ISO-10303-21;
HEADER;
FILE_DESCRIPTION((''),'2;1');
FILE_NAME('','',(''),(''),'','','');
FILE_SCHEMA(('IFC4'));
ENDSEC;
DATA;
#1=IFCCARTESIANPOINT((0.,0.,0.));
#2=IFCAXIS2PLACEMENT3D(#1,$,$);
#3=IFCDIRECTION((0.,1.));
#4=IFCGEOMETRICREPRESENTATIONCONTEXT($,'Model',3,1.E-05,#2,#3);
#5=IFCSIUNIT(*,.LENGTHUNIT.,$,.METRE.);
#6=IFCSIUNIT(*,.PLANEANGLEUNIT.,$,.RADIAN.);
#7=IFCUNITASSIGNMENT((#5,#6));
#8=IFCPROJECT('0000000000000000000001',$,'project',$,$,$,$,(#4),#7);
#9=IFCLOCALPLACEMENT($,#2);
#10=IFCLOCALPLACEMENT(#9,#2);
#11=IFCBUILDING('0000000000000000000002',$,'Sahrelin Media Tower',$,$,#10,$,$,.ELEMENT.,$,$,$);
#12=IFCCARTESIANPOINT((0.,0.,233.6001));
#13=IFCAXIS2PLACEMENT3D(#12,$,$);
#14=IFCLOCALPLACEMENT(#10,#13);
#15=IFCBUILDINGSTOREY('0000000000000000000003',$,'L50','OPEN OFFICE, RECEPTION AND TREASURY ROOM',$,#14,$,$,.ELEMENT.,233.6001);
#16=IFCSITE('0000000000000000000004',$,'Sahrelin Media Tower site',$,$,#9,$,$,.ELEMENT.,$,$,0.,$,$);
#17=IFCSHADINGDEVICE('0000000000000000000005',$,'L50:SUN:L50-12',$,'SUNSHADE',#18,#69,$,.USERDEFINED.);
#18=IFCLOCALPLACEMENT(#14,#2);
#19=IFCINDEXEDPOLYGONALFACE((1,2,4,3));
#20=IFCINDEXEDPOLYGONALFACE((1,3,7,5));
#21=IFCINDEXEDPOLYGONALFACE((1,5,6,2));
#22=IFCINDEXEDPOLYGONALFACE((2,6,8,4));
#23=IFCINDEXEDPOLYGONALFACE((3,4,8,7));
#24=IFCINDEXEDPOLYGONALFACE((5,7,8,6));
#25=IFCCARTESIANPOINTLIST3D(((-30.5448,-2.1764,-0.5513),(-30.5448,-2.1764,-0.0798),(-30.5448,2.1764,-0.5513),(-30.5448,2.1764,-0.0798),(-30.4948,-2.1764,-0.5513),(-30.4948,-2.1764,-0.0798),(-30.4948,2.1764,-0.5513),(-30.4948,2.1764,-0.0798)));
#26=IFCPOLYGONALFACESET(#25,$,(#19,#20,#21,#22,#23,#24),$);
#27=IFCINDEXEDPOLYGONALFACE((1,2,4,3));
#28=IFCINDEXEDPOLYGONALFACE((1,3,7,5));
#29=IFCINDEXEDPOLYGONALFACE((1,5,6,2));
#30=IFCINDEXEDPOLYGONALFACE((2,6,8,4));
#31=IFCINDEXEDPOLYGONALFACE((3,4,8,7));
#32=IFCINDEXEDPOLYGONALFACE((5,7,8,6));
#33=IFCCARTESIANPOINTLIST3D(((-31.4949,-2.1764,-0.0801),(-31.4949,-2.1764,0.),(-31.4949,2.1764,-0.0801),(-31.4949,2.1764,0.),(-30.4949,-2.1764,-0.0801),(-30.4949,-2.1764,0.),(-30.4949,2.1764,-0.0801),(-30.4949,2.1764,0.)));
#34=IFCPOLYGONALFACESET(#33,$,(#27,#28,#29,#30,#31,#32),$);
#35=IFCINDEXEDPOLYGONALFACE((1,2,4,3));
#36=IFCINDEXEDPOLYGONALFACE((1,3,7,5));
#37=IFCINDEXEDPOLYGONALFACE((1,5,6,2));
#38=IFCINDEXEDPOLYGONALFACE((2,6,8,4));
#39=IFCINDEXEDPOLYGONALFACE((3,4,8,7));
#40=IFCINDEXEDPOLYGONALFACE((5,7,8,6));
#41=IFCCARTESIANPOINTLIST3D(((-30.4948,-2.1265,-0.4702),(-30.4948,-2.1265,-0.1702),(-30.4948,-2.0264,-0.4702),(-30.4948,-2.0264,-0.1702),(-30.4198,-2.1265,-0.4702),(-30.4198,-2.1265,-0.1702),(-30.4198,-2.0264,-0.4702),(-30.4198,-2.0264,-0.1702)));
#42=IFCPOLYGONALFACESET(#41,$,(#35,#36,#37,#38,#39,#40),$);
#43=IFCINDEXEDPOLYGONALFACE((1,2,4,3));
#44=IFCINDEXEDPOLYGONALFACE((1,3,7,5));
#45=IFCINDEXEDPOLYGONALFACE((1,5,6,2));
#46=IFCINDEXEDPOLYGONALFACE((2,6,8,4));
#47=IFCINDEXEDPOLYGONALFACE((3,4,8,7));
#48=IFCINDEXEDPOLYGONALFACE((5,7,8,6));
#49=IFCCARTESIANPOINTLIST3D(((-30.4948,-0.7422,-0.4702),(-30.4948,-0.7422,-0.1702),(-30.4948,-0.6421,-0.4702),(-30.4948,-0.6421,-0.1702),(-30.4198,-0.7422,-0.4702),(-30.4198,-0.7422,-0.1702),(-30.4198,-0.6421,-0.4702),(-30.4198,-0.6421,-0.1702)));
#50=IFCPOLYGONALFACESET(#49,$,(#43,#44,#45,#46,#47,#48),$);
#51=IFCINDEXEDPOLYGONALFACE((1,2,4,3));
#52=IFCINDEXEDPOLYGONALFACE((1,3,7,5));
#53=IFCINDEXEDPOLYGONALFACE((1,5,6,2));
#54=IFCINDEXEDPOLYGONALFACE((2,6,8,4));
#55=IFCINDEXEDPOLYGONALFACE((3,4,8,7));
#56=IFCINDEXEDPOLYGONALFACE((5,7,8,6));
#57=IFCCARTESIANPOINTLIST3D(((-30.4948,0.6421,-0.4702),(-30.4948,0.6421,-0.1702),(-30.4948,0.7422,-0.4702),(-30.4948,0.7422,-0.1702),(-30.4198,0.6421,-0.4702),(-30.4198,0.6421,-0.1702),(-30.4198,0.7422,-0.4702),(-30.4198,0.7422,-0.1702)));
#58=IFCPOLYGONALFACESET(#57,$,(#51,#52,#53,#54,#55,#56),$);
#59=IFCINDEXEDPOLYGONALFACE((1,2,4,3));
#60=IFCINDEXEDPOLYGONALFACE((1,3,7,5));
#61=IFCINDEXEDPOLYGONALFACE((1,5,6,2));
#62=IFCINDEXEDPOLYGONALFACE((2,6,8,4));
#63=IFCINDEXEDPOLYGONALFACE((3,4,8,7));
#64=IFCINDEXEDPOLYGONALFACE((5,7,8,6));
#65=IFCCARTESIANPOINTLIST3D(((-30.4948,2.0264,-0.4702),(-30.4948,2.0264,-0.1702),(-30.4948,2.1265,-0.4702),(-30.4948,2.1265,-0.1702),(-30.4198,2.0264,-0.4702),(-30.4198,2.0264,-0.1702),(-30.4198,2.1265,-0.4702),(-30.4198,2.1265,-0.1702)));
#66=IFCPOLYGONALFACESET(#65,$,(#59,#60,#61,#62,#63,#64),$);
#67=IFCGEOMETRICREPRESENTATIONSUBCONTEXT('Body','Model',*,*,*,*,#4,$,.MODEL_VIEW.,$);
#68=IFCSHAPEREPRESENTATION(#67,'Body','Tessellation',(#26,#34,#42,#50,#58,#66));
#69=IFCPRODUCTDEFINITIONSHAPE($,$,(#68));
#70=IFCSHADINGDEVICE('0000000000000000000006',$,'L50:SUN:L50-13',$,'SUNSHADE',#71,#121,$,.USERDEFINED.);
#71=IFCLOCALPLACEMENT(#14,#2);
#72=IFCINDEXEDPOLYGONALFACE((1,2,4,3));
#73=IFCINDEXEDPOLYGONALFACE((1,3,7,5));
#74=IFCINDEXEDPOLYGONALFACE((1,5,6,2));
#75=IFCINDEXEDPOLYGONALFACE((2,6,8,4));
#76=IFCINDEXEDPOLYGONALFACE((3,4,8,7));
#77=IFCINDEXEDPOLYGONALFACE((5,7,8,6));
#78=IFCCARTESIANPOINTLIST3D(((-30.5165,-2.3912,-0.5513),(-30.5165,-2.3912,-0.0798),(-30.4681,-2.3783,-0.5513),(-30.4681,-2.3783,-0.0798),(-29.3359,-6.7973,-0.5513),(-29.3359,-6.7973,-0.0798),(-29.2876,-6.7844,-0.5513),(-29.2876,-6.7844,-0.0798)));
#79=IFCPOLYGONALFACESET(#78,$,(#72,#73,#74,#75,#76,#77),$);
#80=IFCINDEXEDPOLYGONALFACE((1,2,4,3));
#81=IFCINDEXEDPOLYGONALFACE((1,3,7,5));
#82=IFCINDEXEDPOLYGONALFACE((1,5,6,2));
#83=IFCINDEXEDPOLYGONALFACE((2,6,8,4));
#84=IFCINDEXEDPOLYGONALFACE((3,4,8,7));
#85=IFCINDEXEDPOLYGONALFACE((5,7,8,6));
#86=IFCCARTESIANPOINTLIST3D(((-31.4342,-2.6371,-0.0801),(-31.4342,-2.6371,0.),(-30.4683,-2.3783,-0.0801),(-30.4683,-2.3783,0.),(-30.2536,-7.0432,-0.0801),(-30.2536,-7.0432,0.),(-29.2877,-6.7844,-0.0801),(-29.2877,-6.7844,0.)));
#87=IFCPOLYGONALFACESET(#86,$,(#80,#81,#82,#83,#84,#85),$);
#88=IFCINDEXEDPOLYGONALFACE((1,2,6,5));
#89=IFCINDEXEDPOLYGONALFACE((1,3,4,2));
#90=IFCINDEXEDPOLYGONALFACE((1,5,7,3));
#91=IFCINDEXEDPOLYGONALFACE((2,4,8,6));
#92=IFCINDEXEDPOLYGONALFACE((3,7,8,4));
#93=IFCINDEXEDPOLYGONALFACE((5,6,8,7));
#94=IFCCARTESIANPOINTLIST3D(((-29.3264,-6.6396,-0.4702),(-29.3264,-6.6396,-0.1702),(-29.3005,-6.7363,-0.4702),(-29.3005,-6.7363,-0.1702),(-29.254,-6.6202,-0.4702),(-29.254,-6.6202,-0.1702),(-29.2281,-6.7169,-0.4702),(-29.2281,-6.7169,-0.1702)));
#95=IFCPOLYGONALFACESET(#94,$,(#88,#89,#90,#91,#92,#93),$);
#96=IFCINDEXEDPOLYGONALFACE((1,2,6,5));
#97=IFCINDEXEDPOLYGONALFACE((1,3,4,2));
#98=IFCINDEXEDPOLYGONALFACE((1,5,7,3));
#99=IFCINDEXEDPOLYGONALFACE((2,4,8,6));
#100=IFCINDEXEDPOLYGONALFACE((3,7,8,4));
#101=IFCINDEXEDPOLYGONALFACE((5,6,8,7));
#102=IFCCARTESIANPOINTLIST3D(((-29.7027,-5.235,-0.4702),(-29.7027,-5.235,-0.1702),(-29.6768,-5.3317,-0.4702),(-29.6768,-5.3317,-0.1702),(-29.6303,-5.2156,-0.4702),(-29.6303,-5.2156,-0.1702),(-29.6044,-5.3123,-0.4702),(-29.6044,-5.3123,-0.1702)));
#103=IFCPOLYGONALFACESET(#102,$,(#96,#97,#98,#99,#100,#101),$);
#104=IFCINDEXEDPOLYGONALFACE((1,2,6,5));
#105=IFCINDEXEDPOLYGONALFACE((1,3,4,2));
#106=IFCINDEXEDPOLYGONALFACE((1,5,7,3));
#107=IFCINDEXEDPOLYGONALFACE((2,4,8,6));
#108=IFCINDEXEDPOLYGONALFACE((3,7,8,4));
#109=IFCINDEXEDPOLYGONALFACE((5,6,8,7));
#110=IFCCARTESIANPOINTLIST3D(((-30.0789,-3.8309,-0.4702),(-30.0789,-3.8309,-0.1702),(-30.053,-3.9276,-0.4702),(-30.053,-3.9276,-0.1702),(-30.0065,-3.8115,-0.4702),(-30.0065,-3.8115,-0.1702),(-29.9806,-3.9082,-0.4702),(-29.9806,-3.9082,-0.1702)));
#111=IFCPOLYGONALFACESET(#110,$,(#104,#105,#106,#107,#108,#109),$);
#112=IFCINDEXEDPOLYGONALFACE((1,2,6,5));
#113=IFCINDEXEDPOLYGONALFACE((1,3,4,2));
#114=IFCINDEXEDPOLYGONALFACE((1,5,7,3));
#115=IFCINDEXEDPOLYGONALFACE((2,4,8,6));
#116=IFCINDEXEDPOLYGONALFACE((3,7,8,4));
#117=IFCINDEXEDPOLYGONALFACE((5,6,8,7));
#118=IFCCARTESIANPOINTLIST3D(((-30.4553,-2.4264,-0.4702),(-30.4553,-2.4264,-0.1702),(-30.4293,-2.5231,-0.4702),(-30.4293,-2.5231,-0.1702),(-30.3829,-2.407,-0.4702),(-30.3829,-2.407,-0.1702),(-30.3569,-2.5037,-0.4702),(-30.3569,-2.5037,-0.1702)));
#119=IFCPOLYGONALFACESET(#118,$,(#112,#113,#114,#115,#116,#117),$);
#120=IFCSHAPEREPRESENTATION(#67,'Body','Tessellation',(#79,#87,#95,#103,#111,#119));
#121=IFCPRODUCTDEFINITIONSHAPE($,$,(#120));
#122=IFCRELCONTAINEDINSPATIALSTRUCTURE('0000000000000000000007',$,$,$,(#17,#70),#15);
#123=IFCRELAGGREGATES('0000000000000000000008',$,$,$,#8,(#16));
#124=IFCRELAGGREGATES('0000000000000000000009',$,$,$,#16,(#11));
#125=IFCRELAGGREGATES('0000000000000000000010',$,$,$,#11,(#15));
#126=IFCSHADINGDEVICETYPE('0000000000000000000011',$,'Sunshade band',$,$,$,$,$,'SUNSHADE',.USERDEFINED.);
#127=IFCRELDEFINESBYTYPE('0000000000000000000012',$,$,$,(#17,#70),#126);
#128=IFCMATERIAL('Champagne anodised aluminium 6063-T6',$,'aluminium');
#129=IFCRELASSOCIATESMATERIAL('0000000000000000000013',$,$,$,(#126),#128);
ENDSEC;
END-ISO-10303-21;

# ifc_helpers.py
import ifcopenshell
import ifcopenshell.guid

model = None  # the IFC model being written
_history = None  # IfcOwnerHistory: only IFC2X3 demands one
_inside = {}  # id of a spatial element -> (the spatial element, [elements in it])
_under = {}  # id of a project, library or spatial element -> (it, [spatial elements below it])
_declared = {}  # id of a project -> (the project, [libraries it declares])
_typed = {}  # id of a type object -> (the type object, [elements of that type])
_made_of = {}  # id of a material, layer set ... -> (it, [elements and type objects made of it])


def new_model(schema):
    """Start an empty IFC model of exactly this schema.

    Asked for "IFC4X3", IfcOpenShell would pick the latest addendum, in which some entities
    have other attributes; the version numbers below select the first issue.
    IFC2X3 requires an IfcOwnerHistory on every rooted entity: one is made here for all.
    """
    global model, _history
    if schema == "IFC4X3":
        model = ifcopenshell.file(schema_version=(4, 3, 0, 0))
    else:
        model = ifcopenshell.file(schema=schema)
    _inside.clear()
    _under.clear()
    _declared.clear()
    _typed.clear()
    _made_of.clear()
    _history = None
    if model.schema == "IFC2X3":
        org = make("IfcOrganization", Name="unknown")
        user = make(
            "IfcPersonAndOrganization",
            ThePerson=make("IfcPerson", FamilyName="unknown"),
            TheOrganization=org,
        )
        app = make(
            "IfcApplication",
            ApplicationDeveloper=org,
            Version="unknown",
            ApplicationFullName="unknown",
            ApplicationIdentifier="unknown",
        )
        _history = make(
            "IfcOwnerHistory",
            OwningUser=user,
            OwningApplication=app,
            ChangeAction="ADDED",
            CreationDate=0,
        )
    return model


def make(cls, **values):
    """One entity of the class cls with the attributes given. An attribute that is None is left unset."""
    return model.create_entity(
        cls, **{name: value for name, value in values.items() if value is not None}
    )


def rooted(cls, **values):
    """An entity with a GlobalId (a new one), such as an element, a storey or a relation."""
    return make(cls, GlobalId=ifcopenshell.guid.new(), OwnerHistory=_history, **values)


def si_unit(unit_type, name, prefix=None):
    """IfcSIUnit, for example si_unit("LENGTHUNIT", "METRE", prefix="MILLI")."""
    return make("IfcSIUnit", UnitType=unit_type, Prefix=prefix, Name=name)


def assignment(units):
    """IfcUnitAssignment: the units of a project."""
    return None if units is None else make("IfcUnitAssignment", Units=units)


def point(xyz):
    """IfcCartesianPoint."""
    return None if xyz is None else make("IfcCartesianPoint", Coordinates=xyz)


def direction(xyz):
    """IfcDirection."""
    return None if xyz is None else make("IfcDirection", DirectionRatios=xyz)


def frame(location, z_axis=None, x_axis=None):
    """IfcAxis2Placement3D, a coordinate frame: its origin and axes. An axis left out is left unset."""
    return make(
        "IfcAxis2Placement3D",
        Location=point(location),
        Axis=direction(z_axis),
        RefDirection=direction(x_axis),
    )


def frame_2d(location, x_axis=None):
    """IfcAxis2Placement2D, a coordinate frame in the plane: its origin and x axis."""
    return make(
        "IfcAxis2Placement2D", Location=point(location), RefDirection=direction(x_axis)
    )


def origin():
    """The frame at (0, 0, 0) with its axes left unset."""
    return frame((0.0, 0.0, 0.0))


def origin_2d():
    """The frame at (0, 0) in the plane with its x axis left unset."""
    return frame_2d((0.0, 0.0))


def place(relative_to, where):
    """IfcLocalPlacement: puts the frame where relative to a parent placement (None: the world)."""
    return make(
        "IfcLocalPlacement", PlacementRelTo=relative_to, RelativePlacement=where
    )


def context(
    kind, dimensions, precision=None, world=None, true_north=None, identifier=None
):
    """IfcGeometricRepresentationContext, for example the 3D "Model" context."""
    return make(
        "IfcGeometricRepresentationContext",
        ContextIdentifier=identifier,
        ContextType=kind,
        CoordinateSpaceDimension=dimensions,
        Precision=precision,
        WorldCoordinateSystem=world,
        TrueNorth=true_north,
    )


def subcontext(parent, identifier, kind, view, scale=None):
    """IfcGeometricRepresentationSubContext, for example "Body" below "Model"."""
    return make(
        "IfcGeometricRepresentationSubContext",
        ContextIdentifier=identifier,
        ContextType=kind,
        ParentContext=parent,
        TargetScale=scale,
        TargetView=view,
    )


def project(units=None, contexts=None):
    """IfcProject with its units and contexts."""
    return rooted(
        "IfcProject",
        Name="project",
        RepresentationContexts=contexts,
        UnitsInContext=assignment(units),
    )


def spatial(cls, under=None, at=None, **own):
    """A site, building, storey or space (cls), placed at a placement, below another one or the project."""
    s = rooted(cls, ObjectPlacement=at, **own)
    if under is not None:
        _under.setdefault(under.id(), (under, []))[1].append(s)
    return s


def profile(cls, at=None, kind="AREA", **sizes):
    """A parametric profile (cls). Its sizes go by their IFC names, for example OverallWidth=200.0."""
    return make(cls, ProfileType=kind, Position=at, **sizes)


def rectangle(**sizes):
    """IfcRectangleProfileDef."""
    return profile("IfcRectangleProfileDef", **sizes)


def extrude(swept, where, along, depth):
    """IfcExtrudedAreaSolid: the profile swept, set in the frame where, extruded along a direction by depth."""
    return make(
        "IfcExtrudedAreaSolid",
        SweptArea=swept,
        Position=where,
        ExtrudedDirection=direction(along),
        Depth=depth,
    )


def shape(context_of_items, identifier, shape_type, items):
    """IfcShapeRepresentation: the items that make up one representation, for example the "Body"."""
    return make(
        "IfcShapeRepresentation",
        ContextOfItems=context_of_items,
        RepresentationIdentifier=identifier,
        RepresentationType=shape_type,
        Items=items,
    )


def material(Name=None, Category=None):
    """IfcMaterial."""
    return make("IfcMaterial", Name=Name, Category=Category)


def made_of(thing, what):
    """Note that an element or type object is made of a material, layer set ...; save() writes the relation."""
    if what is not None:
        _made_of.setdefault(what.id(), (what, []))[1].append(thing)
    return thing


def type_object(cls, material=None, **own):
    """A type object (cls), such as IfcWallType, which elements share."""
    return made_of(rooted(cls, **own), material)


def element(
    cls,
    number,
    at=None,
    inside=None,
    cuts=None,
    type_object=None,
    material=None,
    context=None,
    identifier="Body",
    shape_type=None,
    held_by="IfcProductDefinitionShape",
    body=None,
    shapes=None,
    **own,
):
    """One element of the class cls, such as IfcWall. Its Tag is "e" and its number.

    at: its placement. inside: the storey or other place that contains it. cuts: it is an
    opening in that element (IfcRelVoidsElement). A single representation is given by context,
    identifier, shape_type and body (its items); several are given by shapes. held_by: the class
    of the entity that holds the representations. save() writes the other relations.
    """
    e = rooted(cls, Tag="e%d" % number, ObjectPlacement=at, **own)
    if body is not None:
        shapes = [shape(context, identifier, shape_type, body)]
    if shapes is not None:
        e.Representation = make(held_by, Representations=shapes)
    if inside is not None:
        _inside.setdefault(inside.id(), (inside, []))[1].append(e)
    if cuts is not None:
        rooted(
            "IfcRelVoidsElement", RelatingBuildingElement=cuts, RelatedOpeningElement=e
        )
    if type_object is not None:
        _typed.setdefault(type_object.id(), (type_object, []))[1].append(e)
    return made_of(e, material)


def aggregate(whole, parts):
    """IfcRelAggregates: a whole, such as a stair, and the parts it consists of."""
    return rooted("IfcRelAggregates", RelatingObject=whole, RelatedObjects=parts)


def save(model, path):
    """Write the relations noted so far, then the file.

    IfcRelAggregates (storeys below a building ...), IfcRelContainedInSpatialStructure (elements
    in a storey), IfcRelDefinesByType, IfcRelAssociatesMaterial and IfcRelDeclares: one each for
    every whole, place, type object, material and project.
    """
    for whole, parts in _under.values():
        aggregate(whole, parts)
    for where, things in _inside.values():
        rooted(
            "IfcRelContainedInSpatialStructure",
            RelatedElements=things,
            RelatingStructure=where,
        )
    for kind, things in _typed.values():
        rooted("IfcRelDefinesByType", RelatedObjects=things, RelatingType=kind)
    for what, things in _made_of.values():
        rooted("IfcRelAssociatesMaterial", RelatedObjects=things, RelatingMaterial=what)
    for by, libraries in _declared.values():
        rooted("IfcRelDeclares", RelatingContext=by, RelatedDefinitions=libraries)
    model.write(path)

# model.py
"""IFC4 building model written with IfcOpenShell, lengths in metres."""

from ifc_helpers import new_model, si_unit, direction, frame, origin, origin_2d, place, context, subcontext, project, spatial, rectangle, extrude, material, type_object, element, save


model = new_model("IFC4")

# Units and contexts
model_context = context("Model", 3, precision=1e-05, world=origin(), true_north=direction((0.0, 1.0)))
body_context = subcontext(model_context, "Body", "Model", "MODEL_VIEW")
ifc_project = project(units=[si_unit("LENGTHUNIT", "METRE"), si_unit("PLANEANGLEUNIT", "RADIAN")], contexts=[model_context])

# Site, building, storey
site_placement = place(None, origin())
site = spatial("IfcSite", under=ifc_project, at=site_placement, Name="Sahrelin Media Tower site", CompositionType="ELEMENT", RefElevation=0.0)
building_placement = place(site_placement, origin())
building = spatial("IfcBuilding", under=site, at=building_placement, Name="Sahrelin Media Tower", CompositionType="ELEMENT")
storey_placement = place(building_placement, frame((0.0, 0.0, 233.6001)))
storey = spatial("IfcBuildingStorey", under=building, at=storey_placement, Name="L50", Description="OPEN OFFICE, RECEPTION AND TREASURY ROOM", CompositionType="ELEMENT", Elevation=233.6001)

# Shared definitions
ifc_material_1 = material(Name="Champagne anodised aluminium 6063-T6", Category="aluminium")

# Shading devices
placement_1 = place(storey_placement, frame((-30.4749, 0.0, 0.0), z_axis=(0.0, 0.0, 1.0), x_axis=(0.0, 1.0, 0.0)))
placement_2 = place(storey_placement, frame((-29.8586, -4.5762, 0.0), z_axis=(0.0, 0.0, 1.0), x_axis=(-0.258808, 0.965929, 0.0)))
shading_device_type_1 = type_object("IfcShadingDeviceType", Name="Sunshade band", ElementType="SUNSHADE", PredefinedType="USERDEFINED", material=ifc_material_1)
element("IfcShadingDevice", 1, at=placement_1, inside=storey, type_object=shading_device_type_1, Name="L50:SUN:L50-12", ObjectType="SUNSHADE", PredefinedType="USERDEFINED", context=body_context, shape_type="SweptSolid", body=[
    extrude(rectangle(XDim=4.3528, YDim=0.05, at=origin_2d()), frame((0.0, 0.0449, -0.5513)), (0.0, 0.0, 1.0), 0.4714),
    extrude(rectangle(XDim=4.3528, YDim=1.0, at=origin_2d()), frame((0.0, 0.52, -0.0801)), (0.0, 0.0, 1.0), 0.0801),
    extrude(rectangle(XDim=0.1001, YDim=0.075, at=origin_2d()), frame((-2.0764, -0.0176, -0.4702)), (0.0, 0.0, 1.0), 0.3),
    extrude(rectangle(XDim=0.1001, YDim=0.075, at=origin_2d()), frame((-0.6921, -0.0176, -0.4702)), (0.0, 0.0, 1.0), 0.3),
    extrude(rectangle(XDim=0.1001, YDim=0.075, at=origin_2d()), frame((0.6921, -0.0176, -0.4702)), (0.0, 0.0, 1.0), 0.3),
    extrude(rectangle(XDim=0.1001, YDim=0.075, at=origin_2d()), frame((2.0764, -0.0176, -0.4702)), (0.0, 0.0, 1.0), 0.3),
])
element("IfcShadingDevice", 2, at=placement_2, inside=storey, type_object=shading_device_type_1, Name="L50:SUN:L50-13", ObjectType="SUNSHADE", PredefinedType="USERDEFINED", context=body_context, shape_type="SweptSolid", body=[
    extrude(rectangle(XDim=4.5615, YDim=0.05, at=origin_2d()), frame((0.0, 0.0449, -0.5513)), (0.0, 0.0, 1.0), 0.4714),
    extrude(rectangle(XDim=4.5615, YDim=1.0, at=origin_2d()), frame((0.0, 0.52, -0.0801)), (0.0, 0.0, 1.0), 0.0801),
    extrude(rectangle(XDim=0.1001, YDim=0.075, at=origin_2d()), frame((-2.1809, -0.0176, -0.4702)), (0.0, 0.0, 1.0), 0.3),
    extrude(rectangle(XDim=0.1001, YDim=0.075, at=origin_2d()), frame((-0.7268, -0.0176, -0.4702)), (0.0, 0.0, 1.0), 0.3),
    extrude(rectangle(XDim=0.1001, YDim=0.075, at=origin_2d()), frame((0.7268, -0.0176, -0.4702)), (0.0, 0.0, 1.0), 0.3),
    extrude(rectangle(XDim=0.1001, YDim=0.075, at=origin_2d()), frame((2.1809, -0.0176, -0.4702)), (0.0, 0.0, 1.0), 0.3),
])

save(model, "model.ifc")
